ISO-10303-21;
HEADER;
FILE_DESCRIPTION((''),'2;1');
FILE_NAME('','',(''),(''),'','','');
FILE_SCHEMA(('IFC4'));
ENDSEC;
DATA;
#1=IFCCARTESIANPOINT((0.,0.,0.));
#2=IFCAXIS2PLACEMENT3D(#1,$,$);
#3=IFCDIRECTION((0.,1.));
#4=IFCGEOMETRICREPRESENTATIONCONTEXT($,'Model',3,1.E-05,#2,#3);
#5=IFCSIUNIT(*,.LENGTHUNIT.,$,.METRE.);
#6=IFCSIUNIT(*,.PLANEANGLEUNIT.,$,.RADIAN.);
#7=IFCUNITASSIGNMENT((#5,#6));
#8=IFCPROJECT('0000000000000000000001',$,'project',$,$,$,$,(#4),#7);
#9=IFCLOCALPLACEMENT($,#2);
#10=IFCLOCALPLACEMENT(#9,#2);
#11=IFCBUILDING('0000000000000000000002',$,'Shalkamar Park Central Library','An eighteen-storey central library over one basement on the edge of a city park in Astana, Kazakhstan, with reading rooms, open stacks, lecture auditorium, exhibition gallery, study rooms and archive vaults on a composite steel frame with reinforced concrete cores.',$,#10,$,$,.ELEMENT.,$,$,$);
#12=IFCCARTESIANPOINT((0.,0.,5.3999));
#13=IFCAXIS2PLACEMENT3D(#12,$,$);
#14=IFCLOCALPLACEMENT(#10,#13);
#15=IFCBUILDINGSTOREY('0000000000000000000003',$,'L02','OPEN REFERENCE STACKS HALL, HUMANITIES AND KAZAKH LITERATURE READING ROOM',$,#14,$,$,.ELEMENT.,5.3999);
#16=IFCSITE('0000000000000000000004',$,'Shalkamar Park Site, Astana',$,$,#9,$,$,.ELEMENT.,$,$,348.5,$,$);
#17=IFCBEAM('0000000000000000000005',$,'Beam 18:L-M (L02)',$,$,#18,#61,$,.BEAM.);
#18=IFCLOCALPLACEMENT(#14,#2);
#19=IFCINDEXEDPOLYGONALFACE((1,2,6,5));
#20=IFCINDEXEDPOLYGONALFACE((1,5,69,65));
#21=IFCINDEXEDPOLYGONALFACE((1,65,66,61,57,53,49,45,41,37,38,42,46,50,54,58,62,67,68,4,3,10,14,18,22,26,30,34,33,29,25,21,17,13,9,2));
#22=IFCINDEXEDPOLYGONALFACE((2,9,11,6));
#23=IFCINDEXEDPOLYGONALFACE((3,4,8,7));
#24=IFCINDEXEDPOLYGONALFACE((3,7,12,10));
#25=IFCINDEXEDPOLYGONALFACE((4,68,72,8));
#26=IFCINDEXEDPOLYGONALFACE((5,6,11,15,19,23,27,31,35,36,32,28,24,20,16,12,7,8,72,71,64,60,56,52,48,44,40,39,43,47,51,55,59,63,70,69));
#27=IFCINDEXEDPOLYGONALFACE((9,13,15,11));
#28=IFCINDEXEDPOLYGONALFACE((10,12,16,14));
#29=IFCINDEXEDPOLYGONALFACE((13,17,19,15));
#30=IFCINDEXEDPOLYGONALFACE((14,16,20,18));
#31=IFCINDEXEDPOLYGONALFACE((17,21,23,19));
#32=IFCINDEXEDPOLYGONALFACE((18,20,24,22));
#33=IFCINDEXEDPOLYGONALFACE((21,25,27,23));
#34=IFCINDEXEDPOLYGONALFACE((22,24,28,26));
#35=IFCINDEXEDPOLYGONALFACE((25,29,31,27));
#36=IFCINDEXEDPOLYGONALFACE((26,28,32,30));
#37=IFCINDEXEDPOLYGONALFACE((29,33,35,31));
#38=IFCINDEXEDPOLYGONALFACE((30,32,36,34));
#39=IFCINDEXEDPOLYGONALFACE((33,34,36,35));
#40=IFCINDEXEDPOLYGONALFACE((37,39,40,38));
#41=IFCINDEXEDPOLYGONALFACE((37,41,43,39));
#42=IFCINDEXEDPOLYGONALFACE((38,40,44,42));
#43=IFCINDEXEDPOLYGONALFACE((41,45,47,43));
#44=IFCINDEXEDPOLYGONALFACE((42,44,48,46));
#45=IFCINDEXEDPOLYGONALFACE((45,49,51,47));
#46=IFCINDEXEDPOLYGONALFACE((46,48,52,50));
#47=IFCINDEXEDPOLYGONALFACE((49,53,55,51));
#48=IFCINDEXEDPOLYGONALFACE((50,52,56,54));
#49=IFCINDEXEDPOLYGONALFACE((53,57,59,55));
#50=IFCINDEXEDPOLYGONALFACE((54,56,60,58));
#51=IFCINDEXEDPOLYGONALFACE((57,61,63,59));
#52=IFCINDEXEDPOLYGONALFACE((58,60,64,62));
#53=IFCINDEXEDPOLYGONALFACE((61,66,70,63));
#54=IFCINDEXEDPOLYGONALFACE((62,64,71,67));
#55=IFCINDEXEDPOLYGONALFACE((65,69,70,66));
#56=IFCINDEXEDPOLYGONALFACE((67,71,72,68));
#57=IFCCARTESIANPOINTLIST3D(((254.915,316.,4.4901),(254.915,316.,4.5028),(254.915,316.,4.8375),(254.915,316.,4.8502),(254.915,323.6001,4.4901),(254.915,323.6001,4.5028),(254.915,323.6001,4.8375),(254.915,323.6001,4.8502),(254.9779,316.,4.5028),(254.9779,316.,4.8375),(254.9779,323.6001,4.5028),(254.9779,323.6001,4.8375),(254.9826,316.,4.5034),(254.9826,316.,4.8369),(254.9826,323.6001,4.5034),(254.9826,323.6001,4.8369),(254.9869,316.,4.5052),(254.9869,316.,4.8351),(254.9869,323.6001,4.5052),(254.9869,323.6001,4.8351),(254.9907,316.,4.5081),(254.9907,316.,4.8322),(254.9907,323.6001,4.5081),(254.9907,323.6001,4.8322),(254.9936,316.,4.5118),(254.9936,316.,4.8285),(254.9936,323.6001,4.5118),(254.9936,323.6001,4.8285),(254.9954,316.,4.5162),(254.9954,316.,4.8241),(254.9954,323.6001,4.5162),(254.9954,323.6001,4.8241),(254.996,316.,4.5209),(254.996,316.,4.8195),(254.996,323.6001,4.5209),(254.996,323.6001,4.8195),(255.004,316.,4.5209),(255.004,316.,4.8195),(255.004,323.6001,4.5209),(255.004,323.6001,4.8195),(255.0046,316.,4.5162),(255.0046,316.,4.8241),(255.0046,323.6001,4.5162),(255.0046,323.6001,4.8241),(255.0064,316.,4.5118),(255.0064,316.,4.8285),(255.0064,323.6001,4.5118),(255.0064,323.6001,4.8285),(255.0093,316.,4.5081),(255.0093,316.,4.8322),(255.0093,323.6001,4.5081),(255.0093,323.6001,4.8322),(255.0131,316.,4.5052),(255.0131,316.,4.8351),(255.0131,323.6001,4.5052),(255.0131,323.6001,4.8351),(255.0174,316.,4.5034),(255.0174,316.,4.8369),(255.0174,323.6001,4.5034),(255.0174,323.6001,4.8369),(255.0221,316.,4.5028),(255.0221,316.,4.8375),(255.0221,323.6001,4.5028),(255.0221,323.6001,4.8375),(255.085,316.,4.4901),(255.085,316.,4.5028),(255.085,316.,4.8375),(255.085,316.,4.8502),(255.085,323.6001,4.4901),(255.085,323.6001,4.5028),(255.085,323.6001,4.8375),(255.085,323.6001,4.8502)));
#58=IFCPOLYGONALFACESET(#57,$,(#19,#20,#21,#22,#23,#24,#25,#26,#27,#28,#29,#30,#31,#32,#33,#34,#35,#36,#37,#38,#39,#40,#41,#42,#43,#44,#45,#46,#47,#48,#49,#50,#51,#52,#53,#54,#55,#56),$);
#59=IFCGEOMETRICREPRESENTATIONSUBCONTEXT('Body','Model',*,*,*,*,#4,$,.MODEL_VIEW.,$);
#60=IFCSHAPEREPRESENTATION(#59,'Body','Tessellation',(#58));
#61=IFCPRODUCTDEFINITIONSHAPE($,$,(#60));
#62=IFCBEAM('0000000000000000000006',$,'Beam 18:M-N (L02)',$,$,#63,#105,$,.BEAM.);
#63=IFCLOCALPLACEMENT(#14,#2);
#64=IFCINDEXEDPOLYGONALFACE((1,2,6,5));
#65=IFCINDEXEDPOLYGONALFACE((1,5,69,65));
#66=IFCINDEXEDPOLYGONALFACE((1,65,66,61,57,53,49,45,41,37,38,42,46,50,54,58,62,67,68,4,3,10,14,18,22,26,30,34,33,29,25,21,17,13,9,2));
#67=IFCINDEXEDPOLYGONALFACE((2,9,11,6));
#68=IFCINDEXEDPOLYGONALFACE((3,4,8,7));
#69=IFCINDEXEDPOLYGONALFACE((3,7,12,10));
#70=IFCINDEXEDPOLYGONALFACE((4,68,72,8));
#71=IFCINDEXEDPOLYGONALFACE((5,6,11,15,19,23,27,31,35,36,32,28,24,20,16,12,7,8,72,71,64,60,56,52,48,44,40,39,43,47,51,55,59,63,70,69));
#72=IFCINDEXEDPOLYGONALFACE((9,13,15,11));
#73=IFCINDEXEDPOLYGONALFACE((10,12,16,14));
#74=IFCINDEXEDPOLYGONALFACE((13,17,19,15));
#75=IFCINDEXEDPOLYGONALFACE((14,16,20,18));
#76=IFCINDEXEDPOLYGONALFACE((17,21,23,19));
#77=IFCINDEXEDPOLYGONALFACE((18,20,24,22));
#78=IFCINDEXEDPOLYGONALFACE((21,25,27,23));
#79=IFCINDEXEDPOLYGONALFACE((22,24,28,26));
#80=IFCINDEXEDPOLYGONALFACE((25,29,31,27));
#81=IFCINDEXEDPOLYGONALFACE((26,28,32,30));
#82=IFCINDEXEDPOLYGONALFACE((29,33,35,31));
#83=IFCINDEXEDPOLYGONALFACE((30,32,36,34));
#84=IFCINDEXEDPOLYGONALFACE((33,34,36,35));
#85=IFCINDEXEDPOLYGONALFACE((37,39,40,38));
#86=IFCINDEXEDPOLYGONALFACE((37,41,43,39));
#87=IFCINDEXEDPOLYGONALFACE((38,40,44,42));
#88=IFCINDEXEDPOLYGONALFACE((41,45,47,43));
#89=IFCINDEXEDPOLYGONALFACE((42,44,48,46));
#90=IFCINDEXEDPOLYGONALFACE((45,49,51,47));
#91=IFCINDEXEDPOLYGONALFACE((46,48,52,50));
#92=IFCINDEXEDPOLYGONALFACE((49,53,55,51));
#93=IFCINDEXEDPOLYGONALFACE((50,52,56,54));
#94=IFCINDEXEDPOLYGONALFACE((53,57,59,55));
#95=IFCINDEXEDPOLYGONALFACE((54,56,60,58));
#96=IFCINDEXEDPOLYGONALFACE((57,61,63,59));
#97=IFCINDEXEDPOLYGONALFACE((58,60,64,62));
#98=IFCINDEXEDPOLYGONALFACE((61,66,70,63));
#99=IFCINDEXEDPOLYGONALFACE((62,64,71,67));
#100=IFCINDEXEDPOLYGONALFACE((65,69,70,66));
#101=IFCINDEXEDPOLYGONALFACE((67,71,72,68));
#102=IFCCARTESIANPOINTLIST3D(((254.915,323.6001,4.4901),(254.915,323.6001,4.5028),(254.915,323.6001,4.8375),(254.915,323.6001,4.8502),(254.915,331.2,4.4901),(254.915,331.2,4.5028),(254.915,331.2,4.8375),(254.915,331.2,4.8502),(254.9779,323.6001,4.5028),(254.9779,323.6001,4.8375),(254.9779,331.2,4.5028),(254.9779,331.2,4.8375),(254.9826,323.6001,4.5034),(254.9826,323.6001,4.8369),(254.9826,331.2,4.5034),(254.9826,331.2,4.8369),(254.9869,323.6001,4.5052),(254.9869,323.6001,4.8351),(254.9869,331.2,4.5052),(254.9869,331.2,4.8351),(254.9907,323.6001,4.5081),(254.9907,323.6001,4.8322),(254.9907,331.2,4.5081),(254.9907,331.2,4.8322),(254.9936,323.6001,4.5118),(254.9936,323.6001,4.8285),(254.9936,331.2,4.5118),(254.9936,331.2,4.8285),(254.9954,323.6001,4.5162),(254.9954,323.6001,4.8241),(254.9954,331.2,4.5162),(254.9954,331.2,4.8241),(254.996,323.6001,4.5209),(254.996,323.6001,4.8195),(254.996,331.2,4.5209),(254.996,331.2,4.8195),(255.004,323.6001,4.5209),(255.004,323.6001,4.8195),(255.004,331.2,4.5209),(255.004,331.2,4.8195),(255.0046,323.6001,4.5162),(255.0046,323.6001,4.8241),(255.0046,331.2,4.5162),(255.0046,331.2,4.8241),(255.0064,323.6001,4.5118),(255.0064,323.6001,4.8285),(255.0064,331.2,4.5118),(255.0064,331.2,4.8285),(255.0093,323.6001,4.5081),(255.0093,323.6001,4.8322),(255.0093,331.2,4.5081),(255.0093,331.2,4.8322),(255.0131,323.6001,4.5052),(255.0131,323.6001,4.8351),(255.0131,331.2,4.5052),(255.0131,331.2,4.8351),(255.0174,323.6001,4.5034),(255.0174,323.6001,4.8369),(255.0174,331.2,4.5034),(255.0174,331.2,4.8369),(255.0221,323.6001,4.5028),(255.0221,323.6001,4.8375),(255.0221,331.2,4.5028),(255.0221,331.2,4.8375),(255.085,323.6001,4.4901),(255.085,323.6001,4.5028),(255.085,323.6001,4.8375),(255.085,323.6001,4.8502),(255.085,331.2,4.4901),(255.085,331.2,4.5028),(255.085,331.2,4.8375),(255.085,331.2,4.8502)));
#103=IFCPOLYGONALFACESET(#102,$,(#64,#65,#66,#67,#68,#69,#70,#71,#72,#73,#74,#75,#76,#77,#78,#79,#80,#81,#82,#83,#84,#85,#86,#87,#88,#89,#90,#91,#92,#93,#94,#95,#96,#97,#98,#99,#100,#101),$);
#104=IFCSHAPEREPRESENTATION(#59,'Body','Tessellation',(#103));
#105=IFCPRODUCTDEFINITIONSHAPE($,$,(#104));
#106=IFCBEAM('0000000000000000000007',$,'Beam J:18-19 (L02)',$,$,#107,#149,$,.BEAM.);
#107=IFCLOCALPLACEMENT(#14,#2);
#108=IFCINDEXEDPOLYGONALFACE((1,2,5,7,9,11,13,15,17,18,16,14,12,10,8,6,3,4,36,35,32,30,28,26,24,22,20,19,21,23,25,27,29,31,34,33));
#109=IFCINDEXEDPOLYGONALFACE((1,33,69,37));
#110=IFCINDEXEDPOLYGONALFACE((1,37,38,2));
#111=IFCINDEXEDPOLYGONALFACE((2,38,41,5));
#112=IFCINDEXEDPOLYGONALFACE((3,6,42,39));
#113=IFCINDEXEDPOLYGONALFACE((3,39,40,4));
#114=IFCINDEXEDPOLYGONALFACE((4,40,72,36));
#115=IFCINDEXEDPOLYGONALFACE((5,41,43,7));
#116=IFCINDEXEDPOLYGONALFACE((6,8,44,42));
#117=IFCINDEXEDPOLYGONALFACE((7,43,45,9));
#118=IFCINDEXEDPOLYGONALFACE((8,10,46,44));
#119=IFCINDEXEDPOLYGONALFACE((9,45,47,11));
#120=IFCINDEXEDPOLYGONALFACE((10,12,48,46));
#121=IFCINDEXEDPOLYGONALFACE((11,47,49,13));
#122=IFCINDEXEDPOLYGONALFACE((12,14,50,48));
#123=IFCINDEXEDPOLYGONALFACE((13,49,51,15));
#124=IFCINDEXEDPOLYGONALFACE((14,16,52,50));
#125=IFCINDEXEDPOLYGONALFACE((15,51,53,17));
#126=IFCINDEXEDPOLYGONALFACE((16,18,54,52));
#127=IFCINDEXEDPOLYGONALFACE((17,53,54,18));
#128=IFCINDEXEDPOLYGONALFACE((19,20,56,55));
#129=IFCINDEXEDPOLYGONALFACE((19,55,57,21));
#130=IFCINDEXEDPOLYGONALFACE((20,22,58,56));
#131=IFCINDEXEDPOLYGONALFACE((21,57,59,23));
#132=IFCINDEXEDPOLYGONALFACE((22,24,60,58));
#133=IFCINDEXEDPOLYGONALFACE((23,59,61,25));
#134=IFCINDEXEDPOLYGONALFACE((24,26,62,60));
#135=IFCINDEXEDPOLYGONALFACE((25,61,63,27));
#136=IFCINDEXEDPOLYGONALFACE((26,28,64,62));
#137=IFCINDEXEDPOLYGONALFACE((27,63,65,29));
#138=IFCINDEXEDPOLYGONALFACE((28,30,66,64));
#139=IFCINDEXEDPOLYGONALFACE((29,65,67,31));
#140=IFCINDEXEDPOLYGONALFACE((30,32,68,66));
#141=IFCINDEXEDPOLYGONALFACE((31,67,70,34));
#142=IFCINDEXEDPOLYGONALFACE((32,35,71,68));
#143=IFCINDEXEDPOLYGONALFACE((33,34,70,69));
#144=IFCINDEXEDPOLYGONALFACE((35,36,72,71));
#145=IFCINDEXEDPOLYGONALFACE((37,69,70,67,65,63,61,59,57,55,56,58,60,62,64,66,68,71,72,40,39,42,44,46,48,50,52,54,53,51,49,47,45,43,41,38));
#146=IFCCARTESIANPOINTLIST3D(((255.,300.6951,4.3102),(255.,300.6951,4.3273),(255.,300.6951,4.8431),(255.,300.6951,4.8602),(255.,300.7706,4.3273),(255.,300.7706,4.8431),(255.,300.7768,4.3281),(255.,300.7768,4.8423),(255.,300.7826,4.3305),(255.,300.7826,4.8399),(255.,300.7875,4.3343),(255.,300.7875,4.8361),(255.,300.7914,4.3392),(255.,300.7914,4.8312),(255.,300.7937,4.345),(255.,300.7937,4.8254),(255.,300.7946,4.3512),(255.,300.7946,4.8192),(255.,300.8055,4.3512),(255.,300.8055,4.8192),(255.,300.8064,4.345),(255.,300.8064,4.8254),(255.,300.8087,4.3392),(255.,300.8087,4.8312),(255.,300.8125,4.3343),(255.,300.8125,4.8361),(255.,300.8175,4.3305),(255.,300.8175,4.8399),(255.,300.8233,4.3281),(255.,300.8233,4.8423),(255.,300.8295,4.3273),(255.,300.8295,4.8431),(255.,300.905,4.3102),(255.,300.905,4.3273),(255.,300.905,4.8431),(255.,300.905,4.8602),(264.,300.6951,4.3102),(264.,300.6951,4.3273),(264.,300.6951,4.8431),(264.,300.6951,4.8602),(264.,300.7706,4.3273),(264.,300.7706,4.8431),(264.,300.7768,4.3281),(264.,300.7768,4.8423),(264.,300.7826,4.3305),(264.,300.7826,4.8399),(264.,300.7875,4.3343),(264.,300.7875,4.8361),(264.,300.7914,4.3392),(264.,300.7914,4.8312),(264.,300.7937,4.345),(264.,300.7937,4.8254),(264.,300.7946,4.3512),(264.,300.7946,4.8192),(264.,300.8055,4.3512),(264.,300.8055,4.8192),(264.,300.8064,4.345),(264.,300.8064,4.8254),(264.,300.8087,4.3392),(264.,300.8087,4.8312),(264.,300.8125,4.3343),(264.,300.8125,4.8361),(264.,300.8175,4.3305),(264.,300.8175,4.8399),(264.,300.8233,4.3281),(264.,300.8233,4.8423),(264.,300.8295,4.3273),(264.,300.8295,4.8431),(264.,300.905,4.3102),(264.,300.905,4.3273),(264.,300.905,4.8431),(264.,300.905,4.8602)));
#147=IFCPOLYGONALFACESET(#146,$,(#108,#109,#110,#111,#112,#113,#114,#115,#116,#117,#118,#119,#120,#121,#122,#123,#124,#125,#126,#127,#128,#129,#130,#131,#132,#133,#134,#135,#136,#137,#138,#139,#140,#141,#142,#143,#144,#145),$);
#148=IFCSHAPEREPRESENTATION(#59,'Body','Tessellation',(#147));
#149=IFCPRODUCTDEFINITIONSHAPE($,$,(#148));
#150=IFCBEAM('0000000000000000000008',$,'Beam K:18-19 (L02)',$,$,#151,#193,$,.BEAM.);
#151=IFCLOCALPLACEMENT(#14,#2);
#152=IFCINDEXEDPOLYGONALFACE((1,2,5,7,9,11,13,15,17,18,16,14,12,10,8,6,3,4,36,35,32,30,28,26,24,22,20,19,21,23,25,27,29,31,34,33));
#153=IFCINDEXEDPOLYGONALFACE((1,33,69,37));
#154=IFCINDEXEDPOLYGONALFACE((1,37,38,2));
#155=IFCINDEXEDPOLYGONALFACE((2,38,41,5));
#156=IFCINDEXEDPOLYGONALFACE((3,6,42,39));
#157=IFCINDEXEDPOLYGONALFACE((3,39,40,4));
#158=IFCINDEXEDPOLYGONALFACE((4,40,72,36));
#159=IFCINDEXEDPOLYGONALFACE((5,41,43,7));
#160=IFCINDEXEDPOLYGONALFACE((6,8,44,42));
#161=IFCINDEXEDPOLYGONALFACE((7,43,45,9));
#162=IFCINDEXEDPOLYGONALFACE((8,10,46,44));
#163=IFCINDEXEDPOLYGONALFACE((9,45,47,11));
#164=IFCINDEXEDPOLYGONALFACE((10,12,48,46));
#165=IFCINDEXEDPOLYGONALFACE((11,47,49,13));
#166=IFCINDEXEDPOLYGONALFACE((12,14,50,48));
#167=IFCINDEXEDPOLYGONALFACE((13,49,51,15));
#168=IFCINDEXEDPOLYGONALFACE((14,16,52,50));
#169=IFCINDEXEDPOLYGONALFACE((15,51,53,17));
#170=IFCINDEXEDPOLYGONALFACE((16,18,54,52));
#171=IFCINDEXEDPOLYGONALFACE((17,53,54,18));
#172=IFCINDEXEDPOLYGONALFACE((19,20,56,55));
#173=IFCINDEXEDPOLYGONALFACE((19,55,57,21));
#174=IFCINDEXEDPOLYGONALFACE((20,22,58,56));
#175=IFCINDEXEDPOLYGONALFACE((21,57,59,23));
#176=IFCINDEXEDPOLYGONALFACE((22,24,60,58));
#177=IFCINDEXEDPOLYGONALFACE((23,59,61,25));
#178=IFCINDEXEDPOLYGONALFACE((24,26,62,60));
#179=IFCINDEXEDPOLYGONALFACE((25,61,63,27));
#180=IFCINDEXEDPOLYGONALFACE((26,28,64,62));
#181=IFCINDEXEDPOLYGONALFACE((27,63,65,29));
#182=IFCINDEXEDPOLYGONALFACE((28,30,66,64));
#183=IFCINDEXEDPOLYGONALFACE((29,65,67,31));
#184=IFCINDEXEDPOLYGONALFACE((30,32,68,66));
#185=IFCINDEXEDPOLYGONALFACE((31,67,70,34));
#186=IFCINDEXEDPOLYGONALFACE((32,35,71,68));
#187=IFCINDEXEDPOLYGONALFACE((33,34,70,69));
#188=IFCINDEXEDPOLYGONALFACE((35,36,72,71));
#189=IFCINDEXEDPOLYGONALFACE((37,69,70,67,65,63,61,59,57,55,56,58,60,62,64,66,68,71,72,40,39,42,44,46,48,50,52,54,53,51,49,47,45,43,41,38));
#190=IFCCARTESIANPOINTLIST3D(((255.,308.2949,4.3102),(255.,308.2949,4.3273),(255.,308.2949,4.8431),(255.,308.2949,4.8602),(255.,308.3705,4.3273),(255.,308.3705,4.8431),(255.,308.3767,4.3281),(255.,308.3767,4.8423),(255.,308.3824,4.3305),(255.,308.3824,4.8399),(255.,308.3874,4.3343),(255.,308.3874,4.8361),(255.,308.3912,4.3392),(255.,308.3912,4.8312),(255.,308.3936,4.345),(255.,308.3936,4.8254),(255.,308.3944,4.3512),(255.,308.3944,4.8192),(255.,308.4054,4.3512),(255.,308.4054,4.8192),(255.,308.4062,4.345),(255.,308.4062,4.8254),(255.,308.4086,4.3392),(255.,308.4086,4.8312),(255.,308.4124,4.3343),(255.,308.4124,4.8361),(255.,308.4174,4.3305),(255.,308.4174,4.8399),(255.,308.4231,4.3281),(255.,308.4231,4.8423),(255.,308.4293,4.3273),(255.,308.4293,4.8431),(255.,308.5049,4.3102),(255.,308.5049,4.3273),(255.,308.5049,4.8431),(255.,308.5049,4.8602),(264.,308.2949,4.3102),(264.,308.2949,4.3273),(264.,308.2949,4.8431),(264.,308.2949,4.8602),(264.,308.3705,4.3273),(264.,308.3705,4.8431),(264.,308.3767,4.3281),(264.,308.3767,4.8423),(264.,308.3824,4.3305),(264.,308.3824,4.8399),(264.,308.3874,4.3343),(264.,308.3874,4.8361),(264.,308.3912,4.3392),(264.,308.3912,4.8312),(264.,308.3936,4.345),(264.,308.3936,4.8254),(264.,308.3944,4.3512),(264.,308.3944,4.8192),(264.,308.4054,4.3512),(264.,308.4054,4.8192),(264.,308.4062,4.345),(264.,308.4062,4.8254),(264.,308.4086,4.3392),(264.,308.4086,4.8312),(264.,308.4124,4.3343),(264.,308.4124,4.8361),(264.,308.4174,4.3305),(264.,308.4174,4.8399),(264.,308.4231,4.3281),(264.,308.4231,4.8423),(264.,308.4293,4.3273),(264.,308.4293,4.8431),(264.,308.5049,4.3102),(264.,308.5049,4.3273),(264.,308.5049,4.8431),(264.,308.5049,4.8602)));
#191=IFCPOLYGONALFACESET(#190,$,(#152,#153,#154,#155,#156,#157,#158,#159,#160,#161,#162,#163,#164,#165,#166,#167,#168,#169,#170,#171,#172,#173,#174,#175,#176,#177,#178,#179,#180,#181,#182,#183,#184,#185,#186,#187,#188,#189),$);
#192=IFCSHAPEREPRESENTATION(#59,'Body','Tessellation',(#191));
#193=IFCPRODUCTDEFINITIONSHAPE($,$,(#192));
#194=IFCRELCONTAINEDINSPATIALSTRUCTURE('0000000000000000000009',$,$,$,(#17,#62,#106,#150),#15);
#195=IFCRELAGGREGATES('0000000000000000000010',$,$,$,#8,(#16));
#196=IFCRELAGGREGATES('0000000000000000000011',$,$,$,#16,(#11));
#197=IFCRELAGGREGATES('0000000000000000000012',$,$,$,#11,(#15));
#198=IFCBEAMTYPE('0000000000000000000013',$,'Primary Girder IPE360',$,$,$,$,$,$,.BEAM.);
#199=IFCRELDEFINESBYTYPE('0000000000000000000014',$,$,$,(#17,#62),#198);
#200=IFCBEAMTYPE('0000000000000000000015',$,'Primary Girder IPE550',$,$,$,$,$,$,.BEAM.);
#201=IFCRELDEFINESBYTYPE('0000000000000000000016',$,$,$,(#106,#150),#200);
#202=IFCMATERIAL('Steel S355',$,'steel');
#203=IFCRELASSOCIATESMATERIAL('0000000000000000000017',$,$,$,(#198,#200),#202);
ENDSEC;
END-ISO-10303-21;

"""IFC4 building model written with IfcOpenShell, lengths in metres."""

from ifc_helpers import new_model, si_unit, direction, frame, origin, origin_2d, place, context, subcontext, project, spatial, i_section, extrude, material, material_profile, profile_set, type_object, element, save


model = new_model("IFC4")

# Units and contexts
model_context = context("Model", 3, precision=1e-05, world=origin(), true_north=direction((0.0, 1.0)))
body_context = subcontext(model_context, "Body", "Model", "MODEL_VIEW")
ifc_project = project(units=[si_unit("LENGTHUNIT", "METRE"), si_unit("PLANEANGLEUNIT", "RADIAN")], contexts=[model_context])

# Site, building, storey
site_placement = place(None, origin())
site = spatial("IfcSite", under=ifc_project, at=site_placement, Name="Shalkamar Park Site, Astana", CompositionType="ELEMENT", RefElevation=348.5)
building_placement = place(site_placement, origin())
building = spatial("IfcBuilding", under=site, at=building_placement, Name="Shalkamar Park Central Library", Description="An eighteen-storey central library over one basement on the edge of a city park in Astana, Kazakhstan, with reading rooms, open stacks, lecture auditorium, exhibition gallery, study rooms and archive vaults on a composite steel frame with reinforced concrete cores.", CompositionType="ELEMENT")
storey_placement = place(building_placement, frame((0.0, 0.0, 5.3999)))
storey = spatial("IfcBuildingStorey", under=building, at=storey_placement, Name="L02", Description="OPEN REFERENCE STACKS HALL, HUMANITIES AND KAZAKH LITERATURE READING ROOM", CompositionType="ELEMENT", Elevation=5.3999)

# Shared definitions
ifc_material_1 = material(Name="Steel S355", Category="steel")

# Beams
ifc_material_profile_1 = material_profile(ifc_material_1, i_section(OverallWidth=0.1699, OverallDepth=0.3601, WebThickness=0.0081, FlangeThickness=0.0127, FilletRadius=0.0181, at=origin_2d()), Name="IPE 360")
ifc_profile_set_1 = profile_set([ifc_material_profile_1], Name="Steel S355")
beam_type_1 = type_object("IfcBeamType", Name="Primary Girder IPE360", PredefinedType="BEAM", material=ifc_profile_set_1)
for number, where, z_axis, x_axis, name in (
    (1, (255.0, 316.0, 4.6702), (0.0, 1.0, 0.0), (-1.0, 0.0, 0.0), "Beam 18:L-M (L02)"),
):
    element("IfcBeam", number, at=place(storey_placement, frame(where, z_axis=z_axis, x_axis=x_axis)), inside=storey, type_object=beam_type_1, Name=name, PredefinedType="BEAM", context=body_context, shape_type="SweptSolid", body=[
        extrude(i_section(OverallWidth=0.1699, OverallDepth=0.3601, WebThickness=0.0081, FlangeThickness=0.0127, FilletRadius=0.0181, at=origin_2d()), origin(), (0.0, 0.0, 1.0), 7.6001),
    ])
beam_1_placement = place(storey_placement, frame((255.0, 323.6001, 4.6702), z_axis=(0.0, 1.0, 0.0), x_axis=(-1.0, 0.0, 0.0)))
element("IfcBeam", 2, at=beam_1_placement, inside=storey, type_object=beam_type_1, Name="Beam 18:M-N (L02)", PredefinedType="BEAM", context=body_context, shape_type="SweptSolid", body=[
    extrude(i_section(OverallWidth=0.1699, OverallDepth=0.3601, WebThickness=0.0081, FlangeThickness=0.0127, FilletRadius=0.0181, at=origin_2d()), origin(), (0.0, 0.0, 1.0), 7.5999),
])
ifc_material_profile_2 = material_profile(ifc_material_1, i_section(OverallWidth=0.21, OverallDepth=0.55, WebThickness=0.011, FlangeThickness=0.0171, FilletRadius=0.0239, at=origin_2d()), Name="IPE 550")
ifc_profile_set_2 = profile_set([ifc_material_profile_2], Name="Steel S355")
beam_type_2 = type_object("IfcBeamType", Name="Primary Girder IPE550", PredefinedType="BEAM", material=ifc_profile_set_2)
for number, where, z_axis, x_axis, name in (
    (3, (255.0, 300.8, 4.5852), (1.0, 0.0, 0.0), (0.0, 1.0, 0.0), "Beam J:18-19 (L02)"),
    (4, (255.0, 308.3999, 4.5852), (1.0, 0.0, 0.0), (0.0, 1.0, 0.0), "Beam K:18-19 (L02)"),
):
    element("IfcBeam", number, at=place(storey_placement, frame(where, z_axis=z_axis, x_axis=x_axis)), inside=storey, type_object=beam_type_2, Name=name, PredefinedType="BEAM", context=body_context, shape_type="SweptSolid", body=[
        extrude(i_section(OverallWidth=0.21, OverallDepth=0.55, WebThickness=0.011, FlangeThickness=0.0171, FilletRadius=0.0239, at=origin_2d()), origin(), (0.0, 0.0, 1.0), 9.0),
    ])

save(model, "model.ifc")
